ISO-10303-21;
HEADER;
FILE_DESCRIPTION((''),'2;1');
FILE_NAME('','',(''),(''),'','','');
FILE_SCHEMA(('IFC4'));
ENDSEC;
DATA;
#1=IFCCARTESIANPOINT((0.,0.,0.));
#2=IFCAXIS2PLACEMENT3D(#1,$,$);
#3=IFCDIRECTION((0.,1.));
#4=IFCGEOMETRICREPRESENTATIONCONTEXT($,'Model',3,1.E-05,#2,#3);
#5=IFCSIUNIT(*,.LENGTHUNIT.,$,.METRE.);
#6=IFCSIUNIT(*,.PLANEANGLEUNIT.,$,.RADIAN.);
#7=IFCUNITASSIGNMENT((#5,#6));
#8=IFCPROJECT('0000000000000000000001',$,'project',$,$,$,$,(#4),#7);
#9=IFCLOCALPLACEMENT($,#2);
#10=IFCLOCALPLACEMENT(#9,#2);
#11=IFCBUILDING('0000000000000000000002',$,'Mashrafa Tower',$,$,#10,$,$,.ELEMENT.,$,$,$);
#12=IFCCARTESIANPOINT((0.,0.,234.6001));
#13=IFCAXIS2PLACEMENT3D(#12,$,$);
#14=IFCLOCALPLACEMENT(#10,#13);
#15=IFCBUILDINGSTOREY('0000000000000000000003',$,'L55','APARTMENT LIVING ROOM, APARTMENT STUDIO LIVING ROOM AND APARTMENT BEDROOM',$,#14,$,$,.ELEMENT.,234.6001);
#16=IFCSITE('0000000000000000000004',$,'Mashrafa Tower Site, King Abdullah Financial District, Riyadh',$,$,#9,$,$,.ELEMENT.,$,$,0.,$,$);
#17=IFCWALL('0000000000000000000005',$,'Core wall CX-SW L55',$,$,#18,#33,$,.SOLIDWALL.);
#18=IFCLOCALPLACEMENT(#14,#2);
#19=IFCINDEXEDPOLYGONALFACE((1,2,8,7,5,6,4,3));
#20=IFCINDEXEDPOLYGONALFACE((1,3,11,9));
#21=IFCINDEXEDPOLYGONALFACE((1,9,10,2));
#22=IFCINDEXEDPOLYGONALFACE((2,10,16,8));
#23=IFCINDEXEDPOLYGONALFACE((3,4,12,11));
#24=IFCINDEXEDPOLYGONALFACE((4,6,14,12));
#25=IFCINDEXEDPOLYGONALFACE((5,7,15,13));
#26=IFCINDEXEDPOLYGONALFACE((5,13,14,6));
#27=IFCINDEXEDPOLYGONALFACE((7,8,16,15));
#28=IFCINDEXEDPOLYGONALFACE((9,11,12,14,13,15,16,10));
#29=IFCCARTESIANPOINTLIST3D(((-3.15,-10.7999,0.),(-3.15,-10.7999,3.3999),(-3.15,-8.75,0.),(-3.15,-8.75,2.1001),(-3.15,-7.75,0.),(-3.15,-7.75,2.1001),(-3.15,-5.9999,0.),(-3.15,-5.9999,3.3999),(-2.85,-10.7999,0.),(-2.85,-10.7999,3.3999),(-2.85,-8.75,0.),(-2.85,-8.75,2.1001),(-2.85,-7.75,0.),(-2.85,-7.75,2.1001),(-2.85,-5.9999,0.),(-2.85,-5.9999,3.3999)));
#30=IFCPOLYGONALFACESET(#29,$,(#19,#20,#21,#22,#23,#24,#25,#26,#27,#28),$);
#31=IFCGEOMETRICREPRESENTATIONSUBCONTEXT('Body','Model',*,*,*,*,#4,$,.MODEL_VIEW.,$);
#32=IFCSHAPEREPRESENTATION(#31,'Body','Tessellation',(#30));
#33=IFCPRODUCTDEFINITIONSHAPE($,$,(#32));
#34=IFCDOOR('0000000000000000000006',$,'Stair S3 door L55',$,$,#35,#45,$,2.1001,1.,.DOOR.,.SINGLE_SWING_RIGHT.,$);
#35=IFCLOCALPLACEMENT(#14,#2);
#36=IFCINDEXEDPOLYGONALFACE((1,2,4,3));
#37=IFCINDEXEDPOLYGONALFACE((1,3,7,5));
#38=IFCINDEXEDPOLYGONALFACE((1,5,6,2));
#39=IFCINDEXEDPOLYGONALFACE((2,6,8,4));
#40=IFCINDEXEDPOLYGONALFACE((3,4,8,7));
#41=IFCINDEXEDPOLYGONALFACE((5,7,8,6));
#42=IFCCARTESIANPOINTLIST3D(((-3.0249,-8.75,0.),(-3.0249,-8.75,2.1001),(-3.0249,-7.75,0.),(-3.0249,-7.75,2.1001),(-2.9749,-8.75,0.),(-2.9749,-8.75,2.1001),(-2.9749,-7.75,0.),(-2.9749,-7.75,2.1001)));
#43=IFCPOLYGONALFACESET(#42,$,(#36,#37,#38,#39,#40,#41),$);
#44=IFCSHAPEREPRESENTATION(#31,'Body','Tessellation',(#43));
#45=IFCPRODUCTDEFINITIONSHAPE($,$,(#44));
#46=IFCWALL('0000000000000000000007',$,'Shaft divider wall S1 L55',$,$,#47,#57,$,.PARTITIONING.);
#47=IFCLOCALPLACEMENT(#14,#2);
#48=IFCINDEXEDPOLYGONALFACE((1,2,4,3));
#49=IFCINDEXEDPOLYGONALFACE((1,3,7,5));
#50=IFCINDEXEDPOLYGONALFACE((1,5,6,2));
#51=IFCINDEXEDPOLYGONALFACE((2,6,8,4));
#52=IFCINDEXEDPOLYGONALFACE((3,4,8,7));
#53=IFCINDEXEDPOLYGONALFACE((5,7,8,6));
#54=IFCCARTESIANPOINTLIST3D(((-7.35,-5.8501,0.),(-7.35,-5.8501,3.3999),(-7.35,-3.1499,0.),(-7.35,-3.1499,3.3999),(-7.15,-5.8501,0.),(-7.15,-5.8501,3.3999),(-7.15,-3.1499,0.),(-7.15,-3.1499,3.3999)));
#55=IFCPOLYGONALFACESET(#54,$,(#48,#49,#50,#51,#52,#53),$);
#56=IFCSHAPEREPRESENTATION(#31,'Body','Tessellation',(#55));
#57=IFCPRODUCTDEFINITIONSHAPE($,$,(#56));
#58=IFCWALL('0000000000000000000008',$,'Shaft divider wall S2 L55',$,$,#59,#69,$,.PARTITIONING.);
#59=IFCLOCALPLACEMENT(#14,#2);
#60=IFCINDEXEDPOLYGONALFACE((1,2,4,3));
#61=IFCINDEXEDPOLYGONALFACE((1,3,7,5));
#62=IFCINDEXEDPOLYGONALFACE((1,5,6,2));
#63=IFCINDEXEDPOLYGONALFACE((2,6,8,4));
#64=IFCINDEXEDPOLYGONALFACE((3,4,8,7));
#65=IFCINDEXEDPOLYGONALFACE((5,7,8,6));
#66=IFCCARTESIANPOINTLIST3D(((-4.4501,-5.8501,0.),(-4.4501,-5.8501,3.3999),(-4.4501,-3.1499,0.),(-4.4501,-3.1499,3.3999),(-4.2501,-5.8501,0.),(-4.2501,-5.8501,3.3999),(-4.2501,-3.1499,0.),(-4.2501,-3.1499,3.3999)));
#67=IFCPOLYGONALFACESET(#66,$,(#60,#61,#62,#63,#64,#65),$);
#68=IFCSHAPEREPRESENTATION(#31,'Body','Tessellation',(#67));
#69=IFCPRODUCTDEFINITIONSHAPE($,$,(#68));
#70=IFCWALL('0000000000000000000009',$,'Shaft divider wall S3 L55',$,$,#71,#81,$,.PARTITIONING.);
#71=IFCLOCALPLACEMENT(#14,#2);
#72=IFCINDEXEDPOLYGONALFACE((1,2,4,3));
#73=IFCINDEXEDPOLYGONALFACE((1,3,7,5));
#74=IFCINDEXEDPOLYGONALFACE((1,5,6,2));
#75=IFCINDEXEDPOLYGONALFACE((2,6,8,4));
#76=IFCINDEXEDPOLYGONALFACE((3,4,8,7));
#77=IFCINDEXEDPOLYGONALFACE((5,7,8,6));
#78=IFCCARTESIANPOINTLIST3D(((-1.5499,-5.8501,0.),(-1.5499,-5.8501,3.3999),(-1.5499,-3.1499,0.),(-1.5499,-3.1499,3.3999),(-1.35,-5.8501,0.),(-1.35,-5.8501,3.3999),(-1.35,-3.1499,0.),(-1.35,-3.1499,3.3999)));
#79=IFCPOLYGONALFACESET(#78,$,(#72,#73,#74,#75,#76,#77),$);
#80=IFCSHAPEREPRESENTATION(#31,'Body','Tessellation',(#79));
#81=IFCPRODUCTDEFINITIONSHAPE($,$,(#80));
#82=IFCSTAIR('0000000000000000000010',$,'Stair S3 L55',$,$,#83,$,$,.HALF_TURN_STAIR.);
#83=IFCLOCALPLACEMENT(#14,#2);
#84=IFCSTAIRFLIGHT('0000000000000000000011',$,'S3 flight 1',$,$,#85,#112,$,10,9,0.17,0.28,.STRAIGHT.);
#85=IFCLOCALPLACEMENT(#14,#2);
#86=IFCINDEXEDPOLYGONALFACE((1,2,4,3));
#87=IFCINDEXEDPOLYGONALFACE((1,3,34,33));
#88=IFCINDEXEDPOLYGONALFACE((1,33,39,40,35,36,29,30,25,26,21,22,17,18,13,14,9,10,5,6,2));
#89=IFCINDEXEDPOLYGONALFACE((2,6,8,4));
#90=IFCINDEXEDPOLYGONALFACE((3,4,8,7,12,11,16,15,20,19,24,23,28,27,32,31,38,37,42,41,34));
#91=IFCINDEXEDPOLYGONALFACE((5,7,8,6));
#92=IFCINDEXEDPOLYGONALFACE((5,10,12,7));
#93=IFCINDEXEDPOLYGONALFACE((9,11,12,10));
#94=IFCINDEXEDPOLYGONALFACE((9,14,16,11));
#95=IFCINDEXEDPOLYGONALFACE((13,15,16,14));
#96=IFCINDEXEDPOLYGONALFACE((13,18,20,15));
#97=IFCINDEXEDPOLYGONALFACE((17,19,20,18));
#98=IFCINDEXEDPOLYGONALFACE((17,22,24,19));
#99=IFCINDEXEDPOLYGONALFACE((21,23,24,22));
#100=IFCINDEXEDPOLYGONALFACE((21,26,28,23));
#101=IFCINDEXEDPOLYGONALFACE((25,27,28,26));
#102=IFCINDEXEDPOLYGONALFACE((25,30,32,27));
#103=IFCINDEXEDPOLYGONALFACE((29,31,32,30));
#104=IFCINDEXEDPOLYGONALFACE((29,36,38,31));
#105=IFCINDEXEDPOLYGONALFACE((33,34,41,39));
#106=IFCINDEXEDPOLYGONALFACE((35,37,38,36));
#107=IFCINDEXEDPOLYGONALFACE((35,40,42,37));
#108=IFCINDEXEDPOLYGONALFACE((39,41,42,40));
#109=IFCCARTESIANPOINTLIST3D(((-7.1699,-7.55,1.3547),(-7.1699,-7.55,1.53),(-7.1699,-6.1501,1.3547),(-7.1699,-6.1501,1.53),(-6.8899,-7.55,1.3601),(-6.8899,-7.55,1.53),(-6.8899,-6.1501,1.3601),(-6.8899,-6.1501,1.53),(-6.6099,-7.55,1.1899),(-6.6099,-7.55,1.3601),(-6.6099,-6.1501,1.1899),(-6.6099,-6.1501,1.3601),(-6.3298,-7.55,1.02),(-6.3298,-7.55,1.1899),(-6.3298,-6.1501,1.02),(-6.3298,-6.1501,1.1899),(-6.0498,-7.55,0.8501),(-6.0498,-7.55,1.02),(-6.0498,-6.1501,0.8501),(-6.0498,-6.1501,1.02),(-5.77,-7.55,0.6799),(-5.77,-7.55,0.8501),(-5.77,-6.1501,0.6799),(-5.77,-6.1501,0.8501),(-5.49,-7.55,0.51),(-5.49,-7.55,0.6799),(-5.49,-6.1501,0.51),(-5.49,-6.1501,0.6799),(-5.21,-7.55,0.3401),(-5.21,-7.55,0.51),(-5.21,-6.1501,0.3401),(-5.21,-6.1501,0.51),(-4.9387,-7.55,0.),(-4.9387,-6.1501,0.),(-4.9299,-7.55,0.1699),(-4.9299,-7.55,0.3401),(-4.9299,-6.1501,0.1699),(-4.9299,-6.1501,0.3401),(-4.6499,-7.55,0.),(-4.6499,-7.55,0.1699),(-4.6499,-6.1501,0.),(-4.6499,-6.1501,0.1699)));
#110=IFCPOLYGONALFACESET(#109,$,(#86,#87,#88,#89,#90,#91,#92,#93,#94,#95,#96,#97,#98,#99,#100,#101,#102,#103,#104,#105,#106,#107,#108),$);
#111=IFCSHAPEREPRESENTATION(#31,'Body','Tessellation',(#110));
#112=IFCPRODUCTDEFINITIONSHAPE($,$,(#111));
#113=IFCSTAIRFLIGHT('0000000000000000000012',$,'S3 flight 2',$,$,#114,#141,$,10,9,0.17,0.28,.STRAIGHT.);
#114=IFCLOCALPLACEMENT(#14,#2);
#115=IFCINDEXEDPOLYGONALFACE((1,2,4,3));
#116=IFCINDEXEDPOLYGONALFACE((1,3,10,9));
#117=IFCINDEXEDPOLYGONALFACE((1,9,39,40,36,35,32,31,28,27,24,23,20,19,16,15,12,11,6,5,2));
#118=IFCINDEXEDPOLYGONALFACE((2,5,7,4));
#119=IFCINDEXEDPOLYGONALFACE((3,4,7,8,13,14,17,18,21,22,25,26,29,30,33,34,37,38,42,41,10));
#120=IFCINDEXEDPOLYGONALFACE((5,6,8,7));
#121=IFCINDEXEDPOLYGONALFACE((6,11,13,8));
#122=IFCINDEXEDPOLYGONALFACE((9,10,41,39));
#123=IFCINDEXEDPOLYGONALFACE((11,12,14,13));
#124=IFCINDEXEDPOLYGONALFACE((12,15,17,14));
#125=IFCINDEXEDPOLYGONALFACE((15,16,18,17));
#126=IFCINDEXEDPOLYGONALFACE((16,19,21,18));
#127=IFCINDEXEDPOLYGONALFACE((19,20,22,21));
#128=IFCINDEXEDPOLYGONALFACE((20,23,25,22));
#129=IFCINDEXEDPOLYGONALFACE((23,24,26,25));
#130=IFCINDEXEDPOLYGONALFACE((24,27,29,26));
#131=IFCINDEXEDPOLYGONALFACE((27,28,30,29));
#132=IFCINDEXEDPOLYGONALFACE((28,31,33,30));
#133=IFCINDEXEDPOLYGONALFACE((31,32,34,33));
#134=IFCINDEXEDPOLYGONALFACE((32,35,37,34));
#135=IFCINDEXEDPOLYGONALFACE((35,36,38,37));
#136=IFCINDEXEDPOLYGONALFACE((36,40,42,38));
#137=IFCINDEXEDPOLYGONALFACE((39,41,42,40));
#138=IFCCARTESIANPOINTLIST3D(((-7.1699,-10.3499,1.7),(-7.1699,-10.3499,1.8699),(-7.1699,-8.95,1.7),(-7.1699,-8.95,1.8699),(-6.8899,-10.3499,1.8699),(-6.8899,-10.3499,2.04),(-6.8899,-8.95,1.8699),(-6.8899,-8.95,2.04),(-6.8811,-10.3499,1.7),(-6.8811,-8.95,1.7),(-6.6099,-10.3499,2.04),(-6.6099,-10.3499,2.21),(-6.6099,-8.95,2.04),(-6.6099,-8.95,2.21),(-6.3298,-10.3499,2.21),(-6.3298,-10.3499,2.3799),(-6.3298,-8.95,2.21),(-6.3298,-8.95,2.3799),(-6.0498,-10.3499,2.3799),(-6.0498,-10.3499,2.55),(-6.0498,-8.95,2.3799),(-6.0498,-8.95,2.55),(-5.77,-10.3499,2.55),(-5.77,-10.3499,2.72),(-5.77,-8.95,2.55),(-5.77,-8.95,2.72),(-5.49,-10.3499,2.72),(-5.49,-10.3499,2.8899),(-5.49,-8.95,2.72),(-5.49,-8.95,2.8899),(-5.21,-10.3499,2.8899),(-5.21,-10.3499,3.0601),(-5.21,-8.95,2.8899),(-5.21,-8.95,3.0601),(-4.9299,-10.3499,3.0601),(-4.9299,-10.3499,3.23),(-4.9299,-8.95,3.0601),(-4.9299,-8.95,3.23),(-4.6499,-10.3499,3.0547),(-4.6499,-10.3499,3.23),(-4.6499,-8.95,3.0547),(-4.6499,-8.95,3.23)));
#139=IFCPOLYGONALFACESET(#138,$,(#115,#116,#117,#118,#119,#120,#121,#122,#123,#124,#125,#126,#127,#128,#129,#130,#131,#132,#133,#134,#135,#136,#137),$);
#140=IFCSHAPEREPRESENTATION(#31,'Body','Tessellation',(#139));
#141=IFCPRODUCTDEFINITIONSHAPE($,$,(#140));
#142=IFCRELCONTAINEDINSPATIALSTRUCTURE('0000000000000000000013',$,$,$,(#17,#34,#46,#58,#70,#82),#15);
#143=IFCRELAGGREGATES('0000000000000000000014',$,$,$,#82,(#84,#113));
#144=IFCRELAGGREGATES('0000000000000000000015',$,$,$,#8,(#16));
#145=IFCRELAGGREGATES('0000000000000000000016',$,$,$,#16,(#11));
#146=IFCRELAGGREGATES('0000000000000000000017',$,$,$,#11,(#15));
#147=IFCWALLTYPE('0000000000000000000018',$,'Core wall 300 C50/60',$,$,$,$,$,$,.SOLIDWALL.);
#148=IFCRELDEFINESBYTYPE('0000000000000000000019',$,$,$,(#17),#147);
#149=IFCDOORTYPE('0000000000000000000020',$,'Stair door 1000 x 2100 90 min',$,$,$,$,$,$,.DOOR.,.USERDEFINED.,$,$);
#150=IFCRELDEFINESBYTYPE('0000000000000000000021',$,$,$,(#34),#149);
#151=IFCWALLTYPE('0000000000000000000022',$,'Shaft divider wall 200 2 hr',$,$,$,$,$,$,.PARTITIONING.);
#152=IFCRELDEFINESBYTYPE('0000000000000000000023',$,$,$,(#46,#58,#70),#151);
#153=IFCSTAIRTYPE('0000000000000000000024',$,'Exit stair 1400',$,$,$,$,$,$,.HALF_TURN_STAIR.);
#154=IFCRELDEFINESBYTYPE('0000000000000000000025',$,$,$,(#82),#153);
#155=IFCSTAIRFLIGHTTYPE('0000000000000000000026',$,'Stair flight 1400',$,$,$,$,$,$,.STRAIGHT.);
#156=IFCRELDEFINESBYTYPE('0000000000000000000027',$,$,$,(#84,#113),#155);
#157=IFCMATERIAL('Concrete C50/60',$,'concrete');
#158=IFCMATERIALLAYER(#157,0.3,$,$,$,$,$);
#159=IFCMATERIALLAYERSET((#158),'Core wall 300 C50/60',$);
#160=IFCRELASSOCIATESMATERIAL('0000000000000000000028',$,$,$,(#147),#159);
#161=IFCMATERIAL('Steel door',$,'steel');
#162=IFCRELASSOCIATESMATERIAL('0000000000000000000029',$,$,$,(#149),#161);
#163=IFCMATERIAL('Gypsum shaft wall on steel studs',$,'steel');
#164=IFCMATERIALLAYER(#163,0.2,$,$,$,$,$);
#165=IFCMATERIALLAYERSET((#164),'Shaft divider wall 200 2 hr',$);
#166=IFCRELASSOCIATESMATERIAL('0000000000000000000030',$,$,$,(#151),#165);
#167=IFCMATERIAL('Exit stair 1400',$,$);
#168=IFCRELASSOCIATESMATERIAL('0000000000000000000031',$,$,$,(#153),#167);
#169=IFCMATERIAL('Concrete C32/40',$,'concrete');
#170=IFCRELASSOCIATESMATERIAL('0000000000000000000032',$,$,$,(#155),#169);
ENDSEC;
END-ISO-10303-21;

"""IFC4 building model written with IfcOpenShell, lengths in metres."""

from ifc_helpers import new_model, si_unit, direction, frame, frame_2d, origin, place, context, subcontext, project, spatial, polyline, rectangle, outline, extrude, material, layer, layer_set, type_object, element, fill, aggregate, save


model = new_model("IFC4")

# Units and contexts
model_context = context("Model", 3, precision=1e-05, world=origin(), true_north=direction((0.0, 1.0)))
body_context = subcontext(model_context, "Body", "Model", "MODEL_VIEW")
ifc_project = project(units=[si_unit("LENGTHUNIT", "METRE"), si_unit("PLANEANGLEUNIT", "RADIAN")], contexts=[model_context])

# Site, building, storey
site_placement = place(None, origin())
site = spatial("IfcSite", under=ifc_project, at=site_placement, Name="Mashrafa Tower Site, King Abdullah Financial District, Riyadh", CompositionType="ELEMENT", RefElevation=0.0)
building_placement = place(site_placement, origin())
building = spatial("IfcBuilding", under=site, at=building_placement, Name="Mashrafa Tower", CompositionType="ELEMENT")
storey_placement = place(building_placement, frame((0.0, 0.0, 234.6001)))
storey = spatial("IfcBuildingStorey", under=building, at=storey_placement, Name="L55", Description="APARTMENT LIVING ROOM, APARTMENT STUDIO LIVING ROOM AND APARTMENT BEDROOM", CompositionType="ELEMENT", Elevation=234.6001)

# Shared definitions
ifc_material_1 = material(Name="Concrete C50/60", Category="concrete")
ifc_layer_1 = layer(ifc_material_1, 0.3)
ifc_layer_set_1 = layer_set([ifc_layer_1], Name="Core wall 300 C50/60")
wall_type_1 = type_object("IfcWallType", Name="Core wall 300 C50/60", PredefinedType="SOLIDWALL", material=ifc_layer_set_1)

# Wall, opening, door
wall_1_placement = place(storey_placement, frame((-3.0, -6.0, 0.0), z_axis=(0.0, 0.0, 1.0), x_axis=(0.0, -1.0, 0.0)))
wall_1 = element("IfcWall", 1, at=wall_1_placement, inside=storey, type_object=wall_type_1, Name="Core wall CX-SW L55", PredefinedType="SOLIDWALL", context=body_context, shape_type="SweptSolid", body=[
    extrude(rectangle(XDim=4.8, YDim=0.3, at=frame_2d((2.3999, 0.0))), origin(), (0.0, 0.0, 1.0), 3.3999),
])
opening_1_placement = place(wall_1_placement, frame((1.75, 0.0, 0.0)))
opening_1 = element("IfcOpeningElement", 2, at=opening_1_placement, cuts=wall_1, PredefinedType="OPENING", context=body_context, shape_type="SweptSolid", body=[
    extrude(rectangle(XDim=1.0, YDim=2.1001, at=frame_2d((0.5, 1.05))), frame((0.0, 0.1599, 0.0), z_axis=(0.0, -1.0, 0.0), x_axis=(1.0, 0.0, 0.0)), (0.0, 0.0, 1.0), 0.3201),
])
ifc_material_2 = material(Name="Steel door", Category="steel")
door_type_1 = type_object("IfcDoorType", Name="Stair door 1000 x 2100 90 min", OperationType="USERDEFINED", PredefinedType="DOOR", material=ifc_material_2)
door_1_placement = place(opening_1_placement, frame((1.0, 0.0, 0.0), z_axis=(0.0, 0.0, 1.0), x_axis=(-1.0, 0.0, 0.0)))
door_1 = element("IfcDoor", 3, at=door_1_placement, inside=storey, type_object=door_type_1, Name="Stair S3 door L55", OperationType="SINGLE_SWING_RIGHT", OverallHeight=2.1001, OverallWidth=1.0, PredefinedType="DOOR", context=body_context, shape_type="SweptSolid", body=[
    extrude(rectangle(XDim=1.0, YDim=2.1001, at=frame_2d((0.5, 1.05))), frame((0.0, 0.0249, 0.0), z_axis=(0.0, -1.0, 0.0), x_axis=(1.0, 0.0, 0.0)), (0.0, 0.0, 1.0), 0.05),
])
fill(opening_1, door_1)

# Walls
ifc_material_3 = material(Name="Gypsum shaft wall on steel studs", Category="steel")
ifc_layer_2 = layer(ifc_material_3, 0.2)
ifc_layer_set_2 = layer_set([ifc_layer_2], Name="Shaft divider wall 200 2 hr")
wall_type_2 = type_object("IfcWallType", Name="Shaft divider wall 200 2 hr", PredefinedType="PARTITIONING", material=ifc_layer_set_2)
for number, where, z_axis, x_axis, name in (
    (4, (-7.25, -5.8501, 0.0), (0.0, 0.0, 1.0), (0.0, 1.0, 0.0), "Shaft divider wall S1 L55"),
    (5, (-4.3501, -5.8501, 0.0), (0.0, 0.0, 1.0), (0.0, 1.0, 0.0), "Shaft divider wall S2 L55"),
    (6, (-1.45, -5.8501, 0.0), (0.0, 0.0, 1.0), (0.0, 1.0, 0.0), "Shaft divider wall S3 L55"),
):
    element("IfcWall", number, at=place(storey_placement, frame(where, z_axis=z_axis, x_axis=x_axis)), inside=storey, type_object=wall_type_2, Name=name, PredefinedType="PARTITIONING", context=body_context, shape_type="SweptSolid", body=[
        extrude(rectangle(XDim=2.7002, YDim=0.2, at=frame_2d((1.3501, 0.0))), origin(), (0.0, 0.0, 1.0), 3.3999),
    ])

# Stair, stair flights
ifc_material_4 = material(Name="Exit stair 1400")
stair_type = type_object("IfcStairType", Name="Exit stair 1400", PredefinedType="HALF_TURN_STAIR", material=ifc_material_4)
stair_placement = place(storey_placement, origin())
stair = element("IfcStair", 7, at=stair_placement, inside=storey, type_object=stair_type, Name="Stair S3 L55", PredefinedType="HALF_TURN_STAIR")
ifc_material_5 = material(Name="Concrete C32/40", Category="concrete")
stair_flight_type = type_object("IfcStairFlightType", Name="Stair flight 1400", PredefinedType="STRAIGHT", material=ifc_material_5)
stair_flight_1_placement = place(storey_placement, frame((-4.6499, -6.8501, 0.0), z_axis=(0.0, 0.0, 1.0), x_axis=(-1.0, 0.0, 0.0)))
stair_flight_1 = element("IfcStairFlight", 8, at=stair_flight_1_placement, type_object=stair_flight_type, Name="S3 flight 1", NumberOfRisers=10, NumberOfTreads=9, PredefinedType="STRAIGHT", RiserHeight=0.17, TreadLength=0.28, context=body_context, shape_type="SweptSolid", body=[
    extrude(outline(polyline([(0.0, 0.0), (0.0, 0.1699), (0.28, 0.1699), (0.28, 0.3401), (0.5601, 0.3401), (0.5601, 0.51), (0.8401, 0.51), (0.8401, 0.6799), (1.1201, 0.6799), (1.1201, 0.8501), (1.3999, 0.8501), (1.3999, 1.02), (1.6799, 1.02), (1.6799, 1.1899), (1.96, 1.1899), (1.96, 1.3601), (2.24, 1.3601), (2.24, 1.53), (2.52, 1.53), (2.52, 1.7), (2.52, 1.3547), (0.2888, 0.0), (0.0, 0.0)])), frame((0.0, 0.7, 0.0), z_axis=(0.0, -1.0, 0.0), x_axis=(1.0, 0.0, 0.0)), (0.0, 0.0, 1.0), 1.3999),
])
stair_flight_2_placement = place(storey_placement, frame((-7.1699, -9.6499, 1.7), z_axis=(0.0, 0.0, 1.0), x_axis=(1.0, 0.0, 0.0)))
stair_flight_2 = element("IfcStairFlight", 9, at=stair_flight_2_placement, type_object=stair_flight_type, Name="S3 flight 2", NumberOfRisers=10, NumberOfTreads=9, PredefinedType="STRAIGHT", RiserHeight=0.17, TreadLength=0.28, context=body_context, shape_type="SweptSolid", body=[
    extrude(outline(polyline([(0.0, 0.0), (0.0, 0.1699), (0.28, 0.1699), (0.28, 0.3401), (0.5601, 0.3401), (0.5601, 0.51), (0.8401, 0.51), (0.8401, 0.6799), (1.1201, 0.6799), (1.1201, 0.8501), (1.3999, 0.8501), (1.3999, 1.02), (1.6799, 1.02), (1.6799, 1.1899), (1.96, 1.1899), (1.96, 1.3601), (2.24, 1.3601), (2.24, 1.53), (2.52, 1.53), (2.52, 1.7), (2.52, 1.3547), (0.2888, 0.0), (0.0, 0.0)])), frame((0.0, 0.7, 0.0), z_axis=(0.0, -1.0, 0.0), x_axis=(1.0, 0.0, 0.0)), (0.0, 0.0, 1.0), 1.3999),
])
aggregate(stair, [stair_flight_1, stair_flight_2])

save(model, "model.ifc")
